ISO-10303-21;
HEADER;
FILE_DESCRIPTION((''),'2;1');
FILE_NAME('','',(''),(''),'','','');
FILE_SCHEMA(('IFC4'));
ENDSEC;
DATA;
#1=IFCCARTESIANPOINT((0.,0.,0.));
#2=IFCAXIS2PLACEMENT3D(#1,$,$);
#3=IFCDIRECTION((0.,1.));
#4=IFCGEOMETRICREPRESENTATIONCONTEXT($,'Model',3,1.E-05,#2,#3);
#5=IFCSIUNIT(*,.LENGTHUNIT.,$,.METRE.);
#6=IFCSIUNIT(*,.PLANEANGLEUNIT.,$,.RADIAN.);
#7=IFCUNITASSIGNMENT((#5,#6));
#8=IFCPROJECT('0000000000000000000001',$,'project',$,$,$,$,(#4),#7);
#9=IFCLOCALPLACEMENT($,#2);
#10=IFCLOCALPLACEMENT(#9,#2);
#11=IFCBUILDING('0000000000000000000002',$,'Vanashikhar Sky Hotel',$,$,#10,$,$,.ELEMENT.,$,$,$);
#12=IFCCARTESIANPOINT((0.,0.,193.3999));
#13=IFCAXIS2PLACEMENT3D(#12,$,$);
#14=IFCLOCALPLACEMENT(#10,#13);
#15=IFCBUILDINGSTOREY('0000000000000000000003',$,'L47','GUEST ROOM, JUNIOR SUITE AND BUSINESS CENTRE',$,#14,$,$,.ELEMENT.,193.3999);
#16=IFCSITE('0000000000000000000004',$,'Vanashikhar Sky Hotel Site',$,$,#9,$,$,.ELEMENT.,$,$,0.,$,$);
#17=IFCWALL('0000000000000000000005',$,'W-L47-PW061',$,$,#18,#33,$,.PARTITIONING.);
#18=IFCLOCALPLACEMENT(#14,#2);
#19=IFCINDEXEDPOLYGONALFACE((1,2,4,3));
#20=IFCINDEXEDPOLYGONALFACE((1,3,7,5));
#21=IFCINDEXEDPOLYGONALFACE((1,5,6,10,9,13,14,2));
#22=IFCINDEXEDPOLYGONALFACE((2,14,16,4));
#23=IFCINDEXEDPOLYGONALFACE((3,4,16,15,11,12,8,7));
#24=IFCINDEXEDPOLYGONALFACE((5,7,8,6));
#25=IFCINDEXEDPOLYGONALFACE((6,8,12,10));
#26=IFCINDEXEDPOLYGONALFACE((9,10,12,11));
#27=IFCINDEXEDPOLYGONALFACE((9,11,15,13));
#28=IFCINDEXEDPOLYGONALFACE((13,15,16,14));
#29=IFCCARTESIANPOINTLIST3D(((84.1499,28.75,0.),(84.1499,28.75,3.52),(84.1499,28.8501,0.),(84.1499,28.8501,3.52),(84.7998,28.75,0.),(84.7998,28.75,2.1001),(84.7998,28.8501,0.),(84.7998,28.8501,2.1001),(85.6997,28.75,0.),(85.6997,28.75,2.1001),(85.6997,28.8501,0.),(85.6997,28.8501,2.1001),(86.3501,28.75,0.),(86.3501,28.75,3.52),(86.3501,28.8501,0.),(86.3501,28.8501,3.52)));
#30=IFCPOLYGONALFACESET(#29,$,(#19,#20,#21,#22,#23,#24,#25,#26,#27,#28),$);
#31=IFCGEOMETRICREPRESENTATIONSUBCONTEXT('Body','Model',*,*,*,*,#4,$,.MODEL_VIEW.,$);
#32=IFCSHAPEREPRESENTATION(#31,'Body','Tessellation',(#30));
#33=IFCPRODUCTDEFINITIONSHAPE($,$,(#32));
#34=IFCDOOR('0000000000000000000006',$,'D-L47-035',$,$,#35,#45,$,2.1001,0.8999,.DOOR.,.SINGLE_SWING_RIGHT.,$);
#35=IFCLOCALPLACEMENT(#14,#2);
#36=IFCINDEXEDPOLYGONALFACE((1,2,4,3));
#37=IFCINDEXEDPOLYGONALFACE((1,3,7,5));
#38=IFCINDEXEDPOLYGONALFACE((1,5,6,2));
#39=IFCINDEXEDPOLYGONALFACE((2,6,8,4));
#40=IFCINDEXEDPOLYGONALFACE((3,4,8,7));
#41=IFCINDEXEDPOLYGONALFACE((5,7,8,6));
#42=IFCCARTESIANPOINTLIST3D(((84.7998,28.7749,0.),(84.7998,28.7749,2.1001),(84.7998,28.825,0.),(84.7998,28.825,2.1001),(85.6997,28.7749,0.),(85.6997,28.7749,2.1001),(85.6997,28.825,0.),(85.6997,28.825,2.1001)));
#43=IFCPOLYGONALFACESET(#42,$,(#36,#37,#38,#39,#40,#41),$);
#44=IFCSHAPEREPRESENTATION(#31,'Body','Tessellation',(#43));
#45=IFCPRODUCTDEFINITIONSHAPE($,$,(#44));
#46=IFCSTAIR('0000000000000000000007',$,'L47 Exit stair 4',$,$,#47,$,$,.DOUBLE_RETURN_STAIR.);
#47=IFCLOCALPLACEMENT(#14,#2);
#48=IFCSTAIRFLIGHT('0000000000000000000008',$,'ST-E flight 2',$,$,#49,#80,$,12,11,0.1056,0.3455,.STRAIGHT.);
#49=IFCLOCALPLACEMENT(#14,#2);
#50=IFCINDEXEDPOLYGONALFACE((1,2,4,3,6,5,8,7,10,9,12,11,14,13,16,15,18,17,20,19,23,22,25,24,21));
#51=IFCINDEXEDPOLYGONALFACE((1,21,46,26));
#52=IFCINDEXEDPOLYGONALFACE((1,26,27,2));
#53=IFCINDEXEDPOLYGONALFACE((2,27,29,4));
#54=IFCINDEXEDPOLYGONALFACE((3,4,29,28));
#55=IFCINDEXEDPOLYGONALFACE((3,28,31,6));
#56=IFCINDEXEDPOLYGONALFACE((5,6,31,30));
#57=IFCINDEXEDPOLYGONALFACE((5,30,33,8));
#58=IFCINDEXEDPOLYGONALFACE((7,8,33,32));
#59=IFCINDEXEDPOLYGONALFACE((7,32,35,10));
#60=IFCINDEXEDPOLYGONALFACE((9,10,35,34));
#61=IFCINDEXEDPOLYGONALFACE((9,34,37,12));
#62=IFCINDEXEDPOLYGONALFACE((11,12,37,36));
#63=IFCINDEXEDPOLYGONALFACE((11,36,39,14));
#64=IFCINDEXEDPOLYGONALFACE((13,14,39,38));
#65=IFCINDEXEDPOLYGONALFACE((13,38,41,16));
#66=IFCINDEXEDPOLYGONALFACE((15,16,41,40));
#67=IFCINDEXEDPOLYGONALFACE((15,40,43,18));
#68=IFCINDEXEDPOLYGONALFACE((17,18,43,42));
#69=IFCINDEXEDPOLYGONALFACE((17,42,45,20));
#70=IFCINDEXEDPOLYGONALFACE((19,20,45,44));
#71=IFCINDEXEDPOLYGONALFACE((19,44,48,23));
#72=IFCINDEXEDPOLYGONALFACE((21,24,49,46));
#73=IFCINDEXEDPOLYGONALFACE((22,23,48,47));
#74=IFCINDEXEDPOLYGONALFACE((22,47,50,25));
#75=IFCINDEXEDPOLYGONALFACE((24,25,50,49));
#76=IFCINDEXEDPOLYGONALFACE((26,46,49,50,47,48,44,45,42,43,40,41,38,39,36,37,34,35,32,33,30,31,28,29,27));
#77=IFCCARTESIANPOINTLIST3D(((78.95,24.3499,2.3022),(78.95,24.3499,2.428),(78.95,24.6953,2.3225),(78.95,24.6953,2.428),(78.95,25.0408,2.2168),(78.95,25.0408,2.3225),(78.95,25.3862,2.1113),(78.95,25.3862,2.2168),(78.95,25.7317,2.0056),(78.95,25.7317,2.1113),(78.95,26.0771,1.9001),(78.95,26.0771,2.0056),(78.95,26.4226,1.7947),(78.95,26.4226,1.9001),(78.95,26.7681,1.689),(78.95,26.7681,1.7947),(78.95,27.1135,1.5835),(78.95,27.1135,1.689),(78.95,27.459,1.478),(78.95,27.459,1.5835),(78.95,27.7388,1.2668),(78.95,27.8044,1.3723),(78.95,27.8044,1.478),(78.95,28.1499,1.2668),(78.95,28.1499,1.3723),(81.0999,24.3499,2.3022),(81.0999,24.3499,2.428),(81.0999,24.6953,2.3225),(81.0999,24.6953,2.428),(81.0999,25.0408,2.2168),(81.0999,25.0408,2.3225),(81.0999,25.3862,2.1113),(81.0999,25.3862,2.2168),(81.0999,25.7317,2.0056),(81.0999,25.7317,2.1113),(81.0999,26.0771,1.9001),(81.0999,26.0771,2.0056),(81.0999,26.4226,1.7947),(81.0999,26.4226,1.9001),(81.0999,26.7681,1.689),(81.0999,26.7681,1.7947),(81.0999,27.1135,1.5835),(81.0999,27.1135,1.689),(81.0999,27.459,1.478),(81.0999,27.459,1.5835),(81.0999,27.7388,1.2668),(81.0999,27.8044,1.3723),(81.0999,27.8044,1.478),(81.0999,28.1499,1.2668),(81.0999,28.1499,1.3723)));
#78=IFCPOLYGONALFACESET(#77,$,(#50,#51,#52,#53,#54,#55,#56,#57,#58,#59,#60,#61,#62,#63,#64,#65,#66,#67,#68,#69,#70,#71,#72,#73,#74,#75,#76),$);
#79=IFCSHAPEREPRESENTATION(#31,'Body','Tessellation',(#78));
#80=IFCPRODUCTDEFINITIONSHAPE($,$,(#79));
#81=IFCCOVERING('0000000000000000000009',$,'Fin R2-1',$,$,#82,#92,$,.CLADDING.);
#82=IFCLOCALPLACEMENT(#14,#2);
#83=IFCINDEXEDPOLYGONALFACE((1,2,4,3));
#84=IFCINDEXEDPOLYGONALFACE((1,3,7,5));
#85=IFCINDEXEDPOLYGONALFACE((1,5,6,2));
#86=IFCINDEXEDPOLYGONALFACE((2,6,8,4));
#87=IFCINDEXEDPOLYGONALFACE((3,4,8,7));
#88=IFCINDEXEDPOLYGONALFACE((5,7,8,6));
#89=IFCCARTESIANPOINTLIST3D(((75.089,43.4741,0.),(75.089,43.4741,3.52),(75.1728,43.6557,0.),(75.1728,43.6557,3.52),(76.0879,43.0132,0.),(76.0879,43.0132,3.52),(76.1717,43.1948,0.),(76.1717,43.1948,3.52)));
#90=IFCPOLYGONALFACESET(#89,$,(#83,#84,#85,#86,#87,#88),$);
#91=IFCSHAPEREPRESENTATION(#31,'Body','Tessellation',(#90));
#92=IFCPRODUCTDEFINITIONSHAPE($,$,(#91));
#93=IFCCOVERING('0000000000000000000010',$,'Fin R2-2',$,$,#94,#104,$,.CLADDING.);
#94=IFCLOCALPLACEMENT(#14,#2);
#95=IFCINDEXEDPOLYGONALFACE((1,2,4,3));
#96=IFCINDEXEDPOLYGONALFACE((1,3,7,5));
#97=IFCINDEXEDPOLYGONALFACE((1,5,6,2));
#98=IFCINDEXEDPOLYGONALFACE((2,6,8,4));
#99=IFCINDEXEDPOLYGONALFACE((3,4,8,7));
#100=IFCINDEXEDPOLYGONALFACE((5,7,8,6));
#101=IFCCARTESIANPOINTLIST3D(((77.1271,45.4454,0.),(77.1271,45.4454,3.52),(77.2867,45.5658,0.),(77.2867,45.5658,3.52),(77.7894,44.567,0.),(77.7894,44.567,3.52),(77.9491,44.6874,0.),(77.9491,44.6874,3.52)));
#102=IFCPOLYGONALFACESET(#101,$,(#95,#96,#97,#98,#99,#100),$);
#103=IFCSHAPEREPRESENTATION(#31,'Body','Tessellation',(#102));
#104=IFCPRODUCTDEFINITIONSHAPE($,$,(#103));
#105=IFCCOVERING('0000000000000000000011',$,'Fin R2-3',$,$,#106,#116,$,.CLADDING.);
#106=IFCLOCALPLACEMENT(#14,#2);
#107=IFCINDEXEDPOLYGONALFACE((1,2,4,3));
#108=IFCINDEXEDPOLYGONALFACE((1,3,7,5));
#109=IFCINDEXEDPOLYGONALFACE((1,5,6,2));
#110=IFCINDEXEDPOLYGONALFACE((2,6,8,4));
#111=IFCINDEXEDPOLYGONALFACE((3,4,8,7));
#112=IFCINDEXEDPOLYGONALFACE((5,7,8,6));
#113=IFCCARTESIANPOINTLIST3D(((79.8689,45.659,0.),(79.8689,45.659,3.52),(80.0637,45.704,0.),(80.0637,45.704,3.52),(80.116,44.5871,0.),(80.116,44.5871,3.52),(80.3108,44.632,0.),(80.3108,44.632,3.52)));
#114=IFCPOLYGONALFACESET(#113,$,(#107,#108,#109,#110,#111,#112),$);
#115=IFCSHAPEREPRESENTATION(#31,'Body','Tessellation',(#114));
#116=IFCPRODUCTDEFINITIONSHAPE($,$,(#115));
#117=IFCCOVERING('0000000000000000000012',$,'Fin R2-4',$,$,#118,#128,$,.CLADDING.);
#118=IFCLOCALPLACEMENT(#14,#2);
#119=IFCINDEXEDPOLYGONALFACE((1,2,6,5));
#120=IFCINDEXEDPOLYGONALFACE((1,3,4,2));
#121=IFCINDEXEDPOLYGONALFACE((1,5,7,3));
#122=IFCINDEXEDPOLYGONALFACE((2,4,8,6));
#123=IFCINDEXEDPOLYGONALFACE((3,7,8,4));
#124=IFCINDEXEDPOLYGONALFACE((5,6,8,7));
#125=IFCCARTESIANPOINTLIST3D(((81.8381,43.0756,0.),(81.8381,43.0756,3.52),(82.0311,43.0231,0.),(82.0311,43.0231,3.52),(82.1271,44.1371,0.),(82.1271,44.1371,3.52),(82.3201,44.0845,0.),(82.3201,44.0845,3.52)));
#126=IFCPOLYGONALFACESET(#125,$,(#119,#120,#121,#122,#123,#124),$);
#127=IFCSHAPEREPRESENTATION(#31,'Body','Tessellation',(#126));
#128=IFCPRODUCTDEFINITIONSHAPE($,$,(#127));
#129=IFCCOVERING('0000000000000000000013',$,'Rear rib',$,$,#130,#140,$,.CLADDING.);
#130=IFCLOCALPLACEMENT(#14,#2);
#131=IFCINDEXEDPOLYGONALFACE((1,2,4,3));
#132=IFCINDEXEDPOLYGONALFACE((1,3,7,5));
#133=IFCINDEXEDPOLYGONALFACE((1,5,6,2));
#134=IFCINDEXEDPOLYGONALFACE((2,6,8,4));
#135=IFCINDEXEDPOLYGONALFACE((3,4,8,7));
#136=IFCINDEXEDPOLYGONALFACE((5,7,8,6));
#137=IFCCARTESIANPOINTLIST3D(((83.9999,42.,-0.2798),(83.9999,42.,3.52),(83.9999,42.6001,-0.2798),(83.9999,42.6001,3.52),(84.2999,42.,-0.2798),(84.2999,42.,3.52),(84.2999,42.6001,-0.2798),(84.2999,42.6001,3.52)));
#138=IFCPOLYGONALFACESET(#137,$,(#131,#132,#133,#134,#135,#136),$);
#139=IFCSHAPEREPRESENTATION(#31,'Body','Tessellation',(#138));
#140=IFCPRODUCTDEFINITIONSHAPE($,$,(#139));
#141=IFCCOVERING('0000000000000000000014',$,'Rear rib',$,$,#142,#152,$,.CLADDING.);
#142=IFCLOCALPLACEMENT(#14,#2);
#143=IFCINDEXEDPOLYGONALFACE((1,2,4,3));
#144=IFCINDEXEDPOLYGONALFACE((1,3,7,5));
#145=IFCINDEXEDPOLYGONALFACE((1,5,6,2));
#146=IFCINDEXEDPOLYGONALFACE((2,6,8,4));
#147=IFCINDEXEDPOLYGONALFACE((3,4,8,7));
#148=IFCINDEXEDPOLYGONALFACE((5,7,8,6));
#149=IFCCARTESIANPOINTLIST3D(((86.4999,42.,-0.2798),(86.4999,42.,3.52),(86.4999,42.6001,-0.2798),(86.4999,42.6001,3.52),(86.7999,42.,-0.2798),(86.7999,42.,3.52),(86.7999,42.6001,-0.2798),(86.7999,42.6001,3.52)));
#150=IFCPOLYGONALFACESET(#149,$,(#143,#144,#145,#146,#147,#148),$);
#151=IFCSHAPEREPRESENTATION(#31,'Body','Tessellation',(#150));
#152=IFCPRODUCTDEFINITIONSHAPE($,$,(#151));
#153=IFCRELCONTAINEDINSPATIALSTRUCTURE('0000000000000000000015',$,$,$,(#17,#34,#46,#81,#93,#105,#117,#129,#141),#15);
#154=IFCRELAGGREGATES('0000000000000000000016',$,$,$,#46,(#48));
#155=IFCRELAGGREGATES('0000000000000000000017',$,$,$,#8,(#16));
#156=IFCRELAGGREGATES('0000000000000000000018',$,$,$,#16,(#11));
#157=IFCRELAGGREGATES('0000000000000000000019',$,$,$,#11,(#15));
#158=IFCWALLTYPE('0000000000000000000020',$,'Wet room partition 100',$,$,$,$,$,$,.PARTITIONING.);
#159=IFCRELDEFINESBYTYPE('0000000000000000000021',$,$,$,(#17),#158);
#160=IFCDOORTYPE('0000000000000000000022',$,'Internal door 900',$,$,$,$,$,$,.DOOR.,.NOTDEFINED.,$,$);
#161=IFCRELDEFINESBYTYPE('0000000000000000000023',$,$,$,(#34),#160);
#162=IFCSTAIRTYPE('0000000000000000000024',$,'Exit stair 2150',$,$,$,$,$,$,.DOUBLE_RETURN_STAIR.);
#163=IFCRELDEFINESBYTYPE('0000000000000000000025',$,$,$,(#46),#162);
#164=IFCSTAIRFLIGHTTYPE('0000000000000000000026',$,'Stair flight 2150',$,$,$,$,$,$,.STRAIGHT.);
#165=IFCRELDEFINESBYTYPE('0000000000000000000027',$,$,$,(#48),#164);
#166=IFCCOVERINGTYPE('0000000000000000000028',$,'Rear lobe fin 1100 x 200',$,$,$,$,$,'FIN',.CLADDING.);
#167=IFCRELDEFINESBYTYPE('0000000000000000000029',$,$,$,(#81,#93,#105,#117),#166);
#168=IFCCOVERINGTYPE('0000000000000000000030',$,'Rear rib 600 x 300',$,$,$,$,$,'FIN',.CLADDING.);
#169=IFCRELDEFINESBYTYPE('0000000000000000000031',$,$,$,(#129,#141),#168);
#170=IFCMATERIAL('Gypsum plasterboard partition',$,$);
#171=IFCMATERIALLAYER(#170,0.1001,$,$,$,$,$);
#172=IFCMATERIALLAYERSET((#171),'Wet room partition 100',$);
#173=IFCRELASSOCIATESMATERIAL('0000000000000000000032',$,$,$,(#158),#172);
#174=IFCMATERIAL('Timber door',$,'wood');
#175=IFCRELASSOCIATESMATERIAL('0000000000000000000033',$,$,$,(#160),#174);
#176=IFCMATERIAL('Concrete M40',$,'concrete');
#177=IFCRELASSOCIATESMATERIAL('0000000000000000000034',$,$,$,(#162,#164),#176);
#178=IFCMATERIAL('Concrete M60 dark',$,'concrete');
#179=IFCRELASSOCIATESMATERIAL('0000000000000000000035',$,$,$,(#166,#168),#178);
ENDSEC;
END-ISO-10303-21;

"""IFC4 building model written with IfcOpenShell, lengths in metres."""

from ifc_helpers import new_model, si_unit, direction, frame, frame_2d, origin, origin_2d, place, context, subcontext, project, spatial, polyline, rectangle, outline, extrude, source, transform, mapped, material, layer, layer_set, material_profile, profile_set, type_object, element, fill, aggregate, save


model = new_model("IFC4")

# Units and contexts
model_context = context("Model", 3, precision=1e-05, world=origin(), true_north=direction((0.0, 1.0)))
body_context = subcontext(model_context, "Body", "Model", "MODEL_VIEW")
ifc_project = project(units=[si_unit("LENGTHUNIT", "METRE"), si_unit("PLANEANGLEUNIT", "RADIAN")], contexts=[model_context])

# Site, building, storey
site_placement = place(None, origin())
site = spatial("IfcSite", under=ifc_project, at=site_placement, Name="Vanashikhar Sky Hotel Site", CompositionType="ELEMENT", RefElevation=0.0)
building_placement = place(site_placement, origin())
building = spatial("IfcBuilding", under=site, at=building_placement, Name="Vanashikhar Sky Hotel", CompositionType="ELEMENT")
storey_placement = place(building_placement, frame((0.0, 0.0, 193.3999)))
storey = spatial("IfcBuildingStorey", under=building, at=storey_placement, Name="L47", Description="GUEST ROOM, JUNIOR SUITE AND BUSINESS CENTRE", CompositionType="ELEMENT", Elevation=193.3999)

# Wall, opening, door
ifc_material_1 = material(Name="Gypsum plasterboard partition")
ifc_layer_1 = layer(ifc_material_1, 0.1001)
ifc_layer_set_1 = layer_set([ifc_layer_1], Name="Wet room partition 100")
wall_type_1 = type_object("IfcWallType", Name="Wet room partition 100", PredefinedType="PARTITIONING", material=ifc_layer_set_1)
shared_shape_1 = source(origin(), body_context, "Body", "SweptSolid", [
    extrude(rectangle(XDim=0.8999, YDim=2.1001, at=frame_2d((0.45, 1.05))), frame((0.0, 0.0601, 0.0), z_axis=(0.0, -1.0, 0.0), x_axis=(1.0, 0.0, 0.0)), (0.0, 0.0, 1.0), 0.1201),
])
ifc_material_2 = material(Name="Timber door", Category="wood")
door_type_1 = type_object("IfcDoorType", Name="Internal door 900", OperationType="NOTDEFINED", PredefinedType="DOOR", material=ifc_material_2)
shared_shape_2 = source(origin(), body_context, "Body", "SweptSolid", [
    extrude(rectangle(XDim=0.8999, YDim=2.1001, at=frame_2d((0.45, 1.05))), frame((0.0, 0.0249, 0.0), z_axis=(0.0, -1.0, 0.0), x_axis=(1.0, 0.0, 0.0)), (0.0, 0.0, 1.0), 0.05),
])
shared_shape_3 = source(origin(), body_context, "Body", "SweptSolid", [
    extrude(rectangle(XDim=2.2002, YDim=0.1001, at=frame_2d((1.1001, 0.0))), origin(), (0.0, 0.0, 1.0), 3.52),
])
wall_1_placement = place(storey_placement, frame((84.1499, 28.8, 0.0), z_axis=(0.0, 0.0, 1.0), x_axis=(1.0, 0.0, 0.0)))
wall_1 = element("IfcWall", 1, at=wall_1_placement, inside=storey, type_object=wall_type_1, Name="W-L47-PW061", PredefinedType="PARTITIONING", context=body_context, shape_type="MappedRepresentation", body=[
    mapped(shared_shape_3, transform((0.0, 0.0, 0.0), scale=1.0)),
])
opening_1_placement = place(wall_1_placement, frame((0.6499, 0.0, 0.0)))
opening_1 = element("IfcOpeningElement", 2, at=opening_1_placement, cuts=wall_1, PredefinedType="OPENING", context=body_context, shape_type="MappedRepresentation", body=[
    mapped(shared_shape_1, transform((0.0, 0.0, 0.0), scale=1.0)),
])
door_1_placement = place(opening_1_placement, origin())
door_1 = element("IfcDoor", 3, at=door_1_placement, inside=storey, type_object=door_type_1, Name="D-L47-035", OperationType="SINGLE_SWING_RIGHT", OverallHeight=2.1001, OverallWidth=0.8999, PredefinedType="DOOR", context=body_context, shape_type="MappedRepresentation", body=[
    mapped(shared_shape_2, transform((0.0, 0.0, 0.0), scale=1.0)),
])
fill(opening_1, door_1)

# Stair, stair flight
ifc_material_3 = material(Name="Concrete M40", Category="concrete")
stair_type = type_object("IfcStairType", Name="Exit stair 2150", PredefinedType="DOUBLE_RETURN_STAIR", material=ifc_material_3)
stair_placement = place(storey_placement, origin())
stair = element("IfcStair", 4, at=stair_placement, inside=storey, type_object=stair_type, Name="L47 Exit stair 4", PredefinedType="DOUBLE_RETURN_STAIR")
stair_flight_type = type_object("IfcStairFlightType", Name="Stair flight 2150", PredefinedType="STRAIGHT", material=ifc_material_3)
shared_shape_4 = source(origin(), body_context, "Body", "SweptSolid", [
    extrude(outline(polyline([(0.0, 0.0), (0.0, 0.1055), (0.3455, 0.1055), (0.3455, 0.2112), (0.6909, 0.2112), (0.6909, 0.3167), (1.0364, 0.3167), (1.0364, 0.4221), (1.3818, 0.4221), (1.3818, 0.5278), (1.7273, 0.5278), (1.7273, 0.6333), (2.0728, 0.6333), (2.0728, 0.7388), (2.4182, 0.7388), (2.4182, 0.8445), (2.7637, 0.8445), (2.7637, 0.95), (3.1091, 0.95), (3.1091, 1.0557), (3.4546, 1.0557), (3.4546, 1.1611), (3.8, 1.1611), (3.8, 1.2666), (3.8, 1.0354), (0.4111, 0.0), (0.0, 0.0)])), frame((0.0, 1.075, 0.0), z_axis=(0.0, -1.0, 0.0), x_axis=(1.0, 0.0, 0.0)), (0.0, 0.0, 1.0), 2.1499),
])
stair_flight_placement = place(storey_placement, frame((80.0249, 28.1499, 1.2668), z_axis=(0.0, 0.0, 1.0), x_axis=(0.0, -1.0, 0.0)))
stair_flight = element("IfcStairFlight", 5, at=stair_flight_placement, type_object=stair_flight_type, Name="ST-E flight 2", NumberOfRisers=12, NumberOfTreads=11, PredefinedType="STRAIGHT", RiserHeight=0.1056, TreadLength=0.3455, context=body_context, shape_type="MappedRepresentation", body=[
    mapped(shared_shape_4, transform((0.0, 0.0, 0.0), scale=1.0)),
])
aggregate(stair, [stair_flight])

# Coverings
ifc_material_4 = material(Name="Concrete M60 dark", Category="concrete")
ifc_material_profile_1 = material_profile(ifc_material_4, rectangle(XDim=1.1001, YDim=0.2, at=origin_2d()))
ifc_profile_set_1 = profile_set([ifc_material_profile_1], Name="Rear lobe fin 1100 x 200")
covering_type_1 = type_object("IfcCoveringType", Name="Rear lobe fin 1100 x 200", ElementType="FIN", PredefinedType="CLADDING", material=ifc_profile_set_1)
shared_shape_5 = source(origin(), body_context, "Body", "SweptSolid", [
    extrude(rectangle(XDim=1.1001, YDim=0.2, at=origin_2d()), origin(), (0.0, 0.0, 1.0), 3.52),
])
for number, where, z_axis, x_axis, name in (
    (6, (75.6304, 43.3345, 0.0), (0.0, 0.0, 1.0), (-0.908004, 0.418961, 0.0), "Fin R2-1"),
    (7, (77.5381, 45.0664, 0.0), (0.0, 0.0, 1.0), (-0.602066, 0.798446, 0.0), "Fin R2-2"),
    (8, (80.0898, 45.1455, 0.0), (0.0, 0.0, 1.0), (-0.224645, 0.974441, 0.0), "Fin R2-3"),
    (9, (82.0791, 43.5801, 0.0), (0.0, 0.0, 1.0), (0.262711, 0.964874, 0.0), "Fin R2-4"),
):
    element("IfcCovering", number, at=place(storey_placement, frame(where, z_axis=z_axis, x_axis=x_axis)), inside=storey, type_object=covering_type_1, Name=name, PredefinedType="CLADDING", context=body_context, shape_type="MappedRepresentation", body=[
        mapped(shared_shape_5, transform((0.0, 0.0, 0.0), scale=1.0)),
    ])
ifc_material_profile_2 = material_profile(ifc_material_4, rectangle(XDim=0.6001, YDim=0.3, at=origin_2d()))
ifc_profile_set_2 = profile_set([ifc_material_profile_2], Name="Rear rib 600 x 300")
covering_type_2 = type_object("IfcCoveringType", Name="Rear rib 600 x 300", ElementType="FIN", PredefinedType="CLADDING", material=ifc_profile_set_2)
shared_shape_6 = source(origin(), body_context, "Body", "SweptSolid", [
    extrude(rectangle(XDim=0.6001, YDim=0.3, at=origin_2d()), origin(), (0.0, 0.0, 1.0), 3.7998),
])
for number, where, z_axis, x_axis, name in (
    (10, (84.1499, 42.3, -0.2798), (0.0, 0.0, 1.0), (0.0, 1.0, 0.0), "Rear rib"),
    (11, (86.6499, 42.3, -0.2798), (0.0, 0.0, 1.0), (0.0, 1.0, 0.0), "Rear rib"),
):
    element("IfcCovering", number, at=place(storey_placement, frame(where, z_axis=z_axis, x_axis=x_axis)), inside=storey, type_object=covering_type_2, Name=name, PredefinedType="CLADDING", context=body_context, shape_type="MappedRepresentation", body=[
        mapped(shared_shape_6, transform((0.0, 0.0, 0.0), scale=1.0)),
    ])

save(model, "model.ifc")
